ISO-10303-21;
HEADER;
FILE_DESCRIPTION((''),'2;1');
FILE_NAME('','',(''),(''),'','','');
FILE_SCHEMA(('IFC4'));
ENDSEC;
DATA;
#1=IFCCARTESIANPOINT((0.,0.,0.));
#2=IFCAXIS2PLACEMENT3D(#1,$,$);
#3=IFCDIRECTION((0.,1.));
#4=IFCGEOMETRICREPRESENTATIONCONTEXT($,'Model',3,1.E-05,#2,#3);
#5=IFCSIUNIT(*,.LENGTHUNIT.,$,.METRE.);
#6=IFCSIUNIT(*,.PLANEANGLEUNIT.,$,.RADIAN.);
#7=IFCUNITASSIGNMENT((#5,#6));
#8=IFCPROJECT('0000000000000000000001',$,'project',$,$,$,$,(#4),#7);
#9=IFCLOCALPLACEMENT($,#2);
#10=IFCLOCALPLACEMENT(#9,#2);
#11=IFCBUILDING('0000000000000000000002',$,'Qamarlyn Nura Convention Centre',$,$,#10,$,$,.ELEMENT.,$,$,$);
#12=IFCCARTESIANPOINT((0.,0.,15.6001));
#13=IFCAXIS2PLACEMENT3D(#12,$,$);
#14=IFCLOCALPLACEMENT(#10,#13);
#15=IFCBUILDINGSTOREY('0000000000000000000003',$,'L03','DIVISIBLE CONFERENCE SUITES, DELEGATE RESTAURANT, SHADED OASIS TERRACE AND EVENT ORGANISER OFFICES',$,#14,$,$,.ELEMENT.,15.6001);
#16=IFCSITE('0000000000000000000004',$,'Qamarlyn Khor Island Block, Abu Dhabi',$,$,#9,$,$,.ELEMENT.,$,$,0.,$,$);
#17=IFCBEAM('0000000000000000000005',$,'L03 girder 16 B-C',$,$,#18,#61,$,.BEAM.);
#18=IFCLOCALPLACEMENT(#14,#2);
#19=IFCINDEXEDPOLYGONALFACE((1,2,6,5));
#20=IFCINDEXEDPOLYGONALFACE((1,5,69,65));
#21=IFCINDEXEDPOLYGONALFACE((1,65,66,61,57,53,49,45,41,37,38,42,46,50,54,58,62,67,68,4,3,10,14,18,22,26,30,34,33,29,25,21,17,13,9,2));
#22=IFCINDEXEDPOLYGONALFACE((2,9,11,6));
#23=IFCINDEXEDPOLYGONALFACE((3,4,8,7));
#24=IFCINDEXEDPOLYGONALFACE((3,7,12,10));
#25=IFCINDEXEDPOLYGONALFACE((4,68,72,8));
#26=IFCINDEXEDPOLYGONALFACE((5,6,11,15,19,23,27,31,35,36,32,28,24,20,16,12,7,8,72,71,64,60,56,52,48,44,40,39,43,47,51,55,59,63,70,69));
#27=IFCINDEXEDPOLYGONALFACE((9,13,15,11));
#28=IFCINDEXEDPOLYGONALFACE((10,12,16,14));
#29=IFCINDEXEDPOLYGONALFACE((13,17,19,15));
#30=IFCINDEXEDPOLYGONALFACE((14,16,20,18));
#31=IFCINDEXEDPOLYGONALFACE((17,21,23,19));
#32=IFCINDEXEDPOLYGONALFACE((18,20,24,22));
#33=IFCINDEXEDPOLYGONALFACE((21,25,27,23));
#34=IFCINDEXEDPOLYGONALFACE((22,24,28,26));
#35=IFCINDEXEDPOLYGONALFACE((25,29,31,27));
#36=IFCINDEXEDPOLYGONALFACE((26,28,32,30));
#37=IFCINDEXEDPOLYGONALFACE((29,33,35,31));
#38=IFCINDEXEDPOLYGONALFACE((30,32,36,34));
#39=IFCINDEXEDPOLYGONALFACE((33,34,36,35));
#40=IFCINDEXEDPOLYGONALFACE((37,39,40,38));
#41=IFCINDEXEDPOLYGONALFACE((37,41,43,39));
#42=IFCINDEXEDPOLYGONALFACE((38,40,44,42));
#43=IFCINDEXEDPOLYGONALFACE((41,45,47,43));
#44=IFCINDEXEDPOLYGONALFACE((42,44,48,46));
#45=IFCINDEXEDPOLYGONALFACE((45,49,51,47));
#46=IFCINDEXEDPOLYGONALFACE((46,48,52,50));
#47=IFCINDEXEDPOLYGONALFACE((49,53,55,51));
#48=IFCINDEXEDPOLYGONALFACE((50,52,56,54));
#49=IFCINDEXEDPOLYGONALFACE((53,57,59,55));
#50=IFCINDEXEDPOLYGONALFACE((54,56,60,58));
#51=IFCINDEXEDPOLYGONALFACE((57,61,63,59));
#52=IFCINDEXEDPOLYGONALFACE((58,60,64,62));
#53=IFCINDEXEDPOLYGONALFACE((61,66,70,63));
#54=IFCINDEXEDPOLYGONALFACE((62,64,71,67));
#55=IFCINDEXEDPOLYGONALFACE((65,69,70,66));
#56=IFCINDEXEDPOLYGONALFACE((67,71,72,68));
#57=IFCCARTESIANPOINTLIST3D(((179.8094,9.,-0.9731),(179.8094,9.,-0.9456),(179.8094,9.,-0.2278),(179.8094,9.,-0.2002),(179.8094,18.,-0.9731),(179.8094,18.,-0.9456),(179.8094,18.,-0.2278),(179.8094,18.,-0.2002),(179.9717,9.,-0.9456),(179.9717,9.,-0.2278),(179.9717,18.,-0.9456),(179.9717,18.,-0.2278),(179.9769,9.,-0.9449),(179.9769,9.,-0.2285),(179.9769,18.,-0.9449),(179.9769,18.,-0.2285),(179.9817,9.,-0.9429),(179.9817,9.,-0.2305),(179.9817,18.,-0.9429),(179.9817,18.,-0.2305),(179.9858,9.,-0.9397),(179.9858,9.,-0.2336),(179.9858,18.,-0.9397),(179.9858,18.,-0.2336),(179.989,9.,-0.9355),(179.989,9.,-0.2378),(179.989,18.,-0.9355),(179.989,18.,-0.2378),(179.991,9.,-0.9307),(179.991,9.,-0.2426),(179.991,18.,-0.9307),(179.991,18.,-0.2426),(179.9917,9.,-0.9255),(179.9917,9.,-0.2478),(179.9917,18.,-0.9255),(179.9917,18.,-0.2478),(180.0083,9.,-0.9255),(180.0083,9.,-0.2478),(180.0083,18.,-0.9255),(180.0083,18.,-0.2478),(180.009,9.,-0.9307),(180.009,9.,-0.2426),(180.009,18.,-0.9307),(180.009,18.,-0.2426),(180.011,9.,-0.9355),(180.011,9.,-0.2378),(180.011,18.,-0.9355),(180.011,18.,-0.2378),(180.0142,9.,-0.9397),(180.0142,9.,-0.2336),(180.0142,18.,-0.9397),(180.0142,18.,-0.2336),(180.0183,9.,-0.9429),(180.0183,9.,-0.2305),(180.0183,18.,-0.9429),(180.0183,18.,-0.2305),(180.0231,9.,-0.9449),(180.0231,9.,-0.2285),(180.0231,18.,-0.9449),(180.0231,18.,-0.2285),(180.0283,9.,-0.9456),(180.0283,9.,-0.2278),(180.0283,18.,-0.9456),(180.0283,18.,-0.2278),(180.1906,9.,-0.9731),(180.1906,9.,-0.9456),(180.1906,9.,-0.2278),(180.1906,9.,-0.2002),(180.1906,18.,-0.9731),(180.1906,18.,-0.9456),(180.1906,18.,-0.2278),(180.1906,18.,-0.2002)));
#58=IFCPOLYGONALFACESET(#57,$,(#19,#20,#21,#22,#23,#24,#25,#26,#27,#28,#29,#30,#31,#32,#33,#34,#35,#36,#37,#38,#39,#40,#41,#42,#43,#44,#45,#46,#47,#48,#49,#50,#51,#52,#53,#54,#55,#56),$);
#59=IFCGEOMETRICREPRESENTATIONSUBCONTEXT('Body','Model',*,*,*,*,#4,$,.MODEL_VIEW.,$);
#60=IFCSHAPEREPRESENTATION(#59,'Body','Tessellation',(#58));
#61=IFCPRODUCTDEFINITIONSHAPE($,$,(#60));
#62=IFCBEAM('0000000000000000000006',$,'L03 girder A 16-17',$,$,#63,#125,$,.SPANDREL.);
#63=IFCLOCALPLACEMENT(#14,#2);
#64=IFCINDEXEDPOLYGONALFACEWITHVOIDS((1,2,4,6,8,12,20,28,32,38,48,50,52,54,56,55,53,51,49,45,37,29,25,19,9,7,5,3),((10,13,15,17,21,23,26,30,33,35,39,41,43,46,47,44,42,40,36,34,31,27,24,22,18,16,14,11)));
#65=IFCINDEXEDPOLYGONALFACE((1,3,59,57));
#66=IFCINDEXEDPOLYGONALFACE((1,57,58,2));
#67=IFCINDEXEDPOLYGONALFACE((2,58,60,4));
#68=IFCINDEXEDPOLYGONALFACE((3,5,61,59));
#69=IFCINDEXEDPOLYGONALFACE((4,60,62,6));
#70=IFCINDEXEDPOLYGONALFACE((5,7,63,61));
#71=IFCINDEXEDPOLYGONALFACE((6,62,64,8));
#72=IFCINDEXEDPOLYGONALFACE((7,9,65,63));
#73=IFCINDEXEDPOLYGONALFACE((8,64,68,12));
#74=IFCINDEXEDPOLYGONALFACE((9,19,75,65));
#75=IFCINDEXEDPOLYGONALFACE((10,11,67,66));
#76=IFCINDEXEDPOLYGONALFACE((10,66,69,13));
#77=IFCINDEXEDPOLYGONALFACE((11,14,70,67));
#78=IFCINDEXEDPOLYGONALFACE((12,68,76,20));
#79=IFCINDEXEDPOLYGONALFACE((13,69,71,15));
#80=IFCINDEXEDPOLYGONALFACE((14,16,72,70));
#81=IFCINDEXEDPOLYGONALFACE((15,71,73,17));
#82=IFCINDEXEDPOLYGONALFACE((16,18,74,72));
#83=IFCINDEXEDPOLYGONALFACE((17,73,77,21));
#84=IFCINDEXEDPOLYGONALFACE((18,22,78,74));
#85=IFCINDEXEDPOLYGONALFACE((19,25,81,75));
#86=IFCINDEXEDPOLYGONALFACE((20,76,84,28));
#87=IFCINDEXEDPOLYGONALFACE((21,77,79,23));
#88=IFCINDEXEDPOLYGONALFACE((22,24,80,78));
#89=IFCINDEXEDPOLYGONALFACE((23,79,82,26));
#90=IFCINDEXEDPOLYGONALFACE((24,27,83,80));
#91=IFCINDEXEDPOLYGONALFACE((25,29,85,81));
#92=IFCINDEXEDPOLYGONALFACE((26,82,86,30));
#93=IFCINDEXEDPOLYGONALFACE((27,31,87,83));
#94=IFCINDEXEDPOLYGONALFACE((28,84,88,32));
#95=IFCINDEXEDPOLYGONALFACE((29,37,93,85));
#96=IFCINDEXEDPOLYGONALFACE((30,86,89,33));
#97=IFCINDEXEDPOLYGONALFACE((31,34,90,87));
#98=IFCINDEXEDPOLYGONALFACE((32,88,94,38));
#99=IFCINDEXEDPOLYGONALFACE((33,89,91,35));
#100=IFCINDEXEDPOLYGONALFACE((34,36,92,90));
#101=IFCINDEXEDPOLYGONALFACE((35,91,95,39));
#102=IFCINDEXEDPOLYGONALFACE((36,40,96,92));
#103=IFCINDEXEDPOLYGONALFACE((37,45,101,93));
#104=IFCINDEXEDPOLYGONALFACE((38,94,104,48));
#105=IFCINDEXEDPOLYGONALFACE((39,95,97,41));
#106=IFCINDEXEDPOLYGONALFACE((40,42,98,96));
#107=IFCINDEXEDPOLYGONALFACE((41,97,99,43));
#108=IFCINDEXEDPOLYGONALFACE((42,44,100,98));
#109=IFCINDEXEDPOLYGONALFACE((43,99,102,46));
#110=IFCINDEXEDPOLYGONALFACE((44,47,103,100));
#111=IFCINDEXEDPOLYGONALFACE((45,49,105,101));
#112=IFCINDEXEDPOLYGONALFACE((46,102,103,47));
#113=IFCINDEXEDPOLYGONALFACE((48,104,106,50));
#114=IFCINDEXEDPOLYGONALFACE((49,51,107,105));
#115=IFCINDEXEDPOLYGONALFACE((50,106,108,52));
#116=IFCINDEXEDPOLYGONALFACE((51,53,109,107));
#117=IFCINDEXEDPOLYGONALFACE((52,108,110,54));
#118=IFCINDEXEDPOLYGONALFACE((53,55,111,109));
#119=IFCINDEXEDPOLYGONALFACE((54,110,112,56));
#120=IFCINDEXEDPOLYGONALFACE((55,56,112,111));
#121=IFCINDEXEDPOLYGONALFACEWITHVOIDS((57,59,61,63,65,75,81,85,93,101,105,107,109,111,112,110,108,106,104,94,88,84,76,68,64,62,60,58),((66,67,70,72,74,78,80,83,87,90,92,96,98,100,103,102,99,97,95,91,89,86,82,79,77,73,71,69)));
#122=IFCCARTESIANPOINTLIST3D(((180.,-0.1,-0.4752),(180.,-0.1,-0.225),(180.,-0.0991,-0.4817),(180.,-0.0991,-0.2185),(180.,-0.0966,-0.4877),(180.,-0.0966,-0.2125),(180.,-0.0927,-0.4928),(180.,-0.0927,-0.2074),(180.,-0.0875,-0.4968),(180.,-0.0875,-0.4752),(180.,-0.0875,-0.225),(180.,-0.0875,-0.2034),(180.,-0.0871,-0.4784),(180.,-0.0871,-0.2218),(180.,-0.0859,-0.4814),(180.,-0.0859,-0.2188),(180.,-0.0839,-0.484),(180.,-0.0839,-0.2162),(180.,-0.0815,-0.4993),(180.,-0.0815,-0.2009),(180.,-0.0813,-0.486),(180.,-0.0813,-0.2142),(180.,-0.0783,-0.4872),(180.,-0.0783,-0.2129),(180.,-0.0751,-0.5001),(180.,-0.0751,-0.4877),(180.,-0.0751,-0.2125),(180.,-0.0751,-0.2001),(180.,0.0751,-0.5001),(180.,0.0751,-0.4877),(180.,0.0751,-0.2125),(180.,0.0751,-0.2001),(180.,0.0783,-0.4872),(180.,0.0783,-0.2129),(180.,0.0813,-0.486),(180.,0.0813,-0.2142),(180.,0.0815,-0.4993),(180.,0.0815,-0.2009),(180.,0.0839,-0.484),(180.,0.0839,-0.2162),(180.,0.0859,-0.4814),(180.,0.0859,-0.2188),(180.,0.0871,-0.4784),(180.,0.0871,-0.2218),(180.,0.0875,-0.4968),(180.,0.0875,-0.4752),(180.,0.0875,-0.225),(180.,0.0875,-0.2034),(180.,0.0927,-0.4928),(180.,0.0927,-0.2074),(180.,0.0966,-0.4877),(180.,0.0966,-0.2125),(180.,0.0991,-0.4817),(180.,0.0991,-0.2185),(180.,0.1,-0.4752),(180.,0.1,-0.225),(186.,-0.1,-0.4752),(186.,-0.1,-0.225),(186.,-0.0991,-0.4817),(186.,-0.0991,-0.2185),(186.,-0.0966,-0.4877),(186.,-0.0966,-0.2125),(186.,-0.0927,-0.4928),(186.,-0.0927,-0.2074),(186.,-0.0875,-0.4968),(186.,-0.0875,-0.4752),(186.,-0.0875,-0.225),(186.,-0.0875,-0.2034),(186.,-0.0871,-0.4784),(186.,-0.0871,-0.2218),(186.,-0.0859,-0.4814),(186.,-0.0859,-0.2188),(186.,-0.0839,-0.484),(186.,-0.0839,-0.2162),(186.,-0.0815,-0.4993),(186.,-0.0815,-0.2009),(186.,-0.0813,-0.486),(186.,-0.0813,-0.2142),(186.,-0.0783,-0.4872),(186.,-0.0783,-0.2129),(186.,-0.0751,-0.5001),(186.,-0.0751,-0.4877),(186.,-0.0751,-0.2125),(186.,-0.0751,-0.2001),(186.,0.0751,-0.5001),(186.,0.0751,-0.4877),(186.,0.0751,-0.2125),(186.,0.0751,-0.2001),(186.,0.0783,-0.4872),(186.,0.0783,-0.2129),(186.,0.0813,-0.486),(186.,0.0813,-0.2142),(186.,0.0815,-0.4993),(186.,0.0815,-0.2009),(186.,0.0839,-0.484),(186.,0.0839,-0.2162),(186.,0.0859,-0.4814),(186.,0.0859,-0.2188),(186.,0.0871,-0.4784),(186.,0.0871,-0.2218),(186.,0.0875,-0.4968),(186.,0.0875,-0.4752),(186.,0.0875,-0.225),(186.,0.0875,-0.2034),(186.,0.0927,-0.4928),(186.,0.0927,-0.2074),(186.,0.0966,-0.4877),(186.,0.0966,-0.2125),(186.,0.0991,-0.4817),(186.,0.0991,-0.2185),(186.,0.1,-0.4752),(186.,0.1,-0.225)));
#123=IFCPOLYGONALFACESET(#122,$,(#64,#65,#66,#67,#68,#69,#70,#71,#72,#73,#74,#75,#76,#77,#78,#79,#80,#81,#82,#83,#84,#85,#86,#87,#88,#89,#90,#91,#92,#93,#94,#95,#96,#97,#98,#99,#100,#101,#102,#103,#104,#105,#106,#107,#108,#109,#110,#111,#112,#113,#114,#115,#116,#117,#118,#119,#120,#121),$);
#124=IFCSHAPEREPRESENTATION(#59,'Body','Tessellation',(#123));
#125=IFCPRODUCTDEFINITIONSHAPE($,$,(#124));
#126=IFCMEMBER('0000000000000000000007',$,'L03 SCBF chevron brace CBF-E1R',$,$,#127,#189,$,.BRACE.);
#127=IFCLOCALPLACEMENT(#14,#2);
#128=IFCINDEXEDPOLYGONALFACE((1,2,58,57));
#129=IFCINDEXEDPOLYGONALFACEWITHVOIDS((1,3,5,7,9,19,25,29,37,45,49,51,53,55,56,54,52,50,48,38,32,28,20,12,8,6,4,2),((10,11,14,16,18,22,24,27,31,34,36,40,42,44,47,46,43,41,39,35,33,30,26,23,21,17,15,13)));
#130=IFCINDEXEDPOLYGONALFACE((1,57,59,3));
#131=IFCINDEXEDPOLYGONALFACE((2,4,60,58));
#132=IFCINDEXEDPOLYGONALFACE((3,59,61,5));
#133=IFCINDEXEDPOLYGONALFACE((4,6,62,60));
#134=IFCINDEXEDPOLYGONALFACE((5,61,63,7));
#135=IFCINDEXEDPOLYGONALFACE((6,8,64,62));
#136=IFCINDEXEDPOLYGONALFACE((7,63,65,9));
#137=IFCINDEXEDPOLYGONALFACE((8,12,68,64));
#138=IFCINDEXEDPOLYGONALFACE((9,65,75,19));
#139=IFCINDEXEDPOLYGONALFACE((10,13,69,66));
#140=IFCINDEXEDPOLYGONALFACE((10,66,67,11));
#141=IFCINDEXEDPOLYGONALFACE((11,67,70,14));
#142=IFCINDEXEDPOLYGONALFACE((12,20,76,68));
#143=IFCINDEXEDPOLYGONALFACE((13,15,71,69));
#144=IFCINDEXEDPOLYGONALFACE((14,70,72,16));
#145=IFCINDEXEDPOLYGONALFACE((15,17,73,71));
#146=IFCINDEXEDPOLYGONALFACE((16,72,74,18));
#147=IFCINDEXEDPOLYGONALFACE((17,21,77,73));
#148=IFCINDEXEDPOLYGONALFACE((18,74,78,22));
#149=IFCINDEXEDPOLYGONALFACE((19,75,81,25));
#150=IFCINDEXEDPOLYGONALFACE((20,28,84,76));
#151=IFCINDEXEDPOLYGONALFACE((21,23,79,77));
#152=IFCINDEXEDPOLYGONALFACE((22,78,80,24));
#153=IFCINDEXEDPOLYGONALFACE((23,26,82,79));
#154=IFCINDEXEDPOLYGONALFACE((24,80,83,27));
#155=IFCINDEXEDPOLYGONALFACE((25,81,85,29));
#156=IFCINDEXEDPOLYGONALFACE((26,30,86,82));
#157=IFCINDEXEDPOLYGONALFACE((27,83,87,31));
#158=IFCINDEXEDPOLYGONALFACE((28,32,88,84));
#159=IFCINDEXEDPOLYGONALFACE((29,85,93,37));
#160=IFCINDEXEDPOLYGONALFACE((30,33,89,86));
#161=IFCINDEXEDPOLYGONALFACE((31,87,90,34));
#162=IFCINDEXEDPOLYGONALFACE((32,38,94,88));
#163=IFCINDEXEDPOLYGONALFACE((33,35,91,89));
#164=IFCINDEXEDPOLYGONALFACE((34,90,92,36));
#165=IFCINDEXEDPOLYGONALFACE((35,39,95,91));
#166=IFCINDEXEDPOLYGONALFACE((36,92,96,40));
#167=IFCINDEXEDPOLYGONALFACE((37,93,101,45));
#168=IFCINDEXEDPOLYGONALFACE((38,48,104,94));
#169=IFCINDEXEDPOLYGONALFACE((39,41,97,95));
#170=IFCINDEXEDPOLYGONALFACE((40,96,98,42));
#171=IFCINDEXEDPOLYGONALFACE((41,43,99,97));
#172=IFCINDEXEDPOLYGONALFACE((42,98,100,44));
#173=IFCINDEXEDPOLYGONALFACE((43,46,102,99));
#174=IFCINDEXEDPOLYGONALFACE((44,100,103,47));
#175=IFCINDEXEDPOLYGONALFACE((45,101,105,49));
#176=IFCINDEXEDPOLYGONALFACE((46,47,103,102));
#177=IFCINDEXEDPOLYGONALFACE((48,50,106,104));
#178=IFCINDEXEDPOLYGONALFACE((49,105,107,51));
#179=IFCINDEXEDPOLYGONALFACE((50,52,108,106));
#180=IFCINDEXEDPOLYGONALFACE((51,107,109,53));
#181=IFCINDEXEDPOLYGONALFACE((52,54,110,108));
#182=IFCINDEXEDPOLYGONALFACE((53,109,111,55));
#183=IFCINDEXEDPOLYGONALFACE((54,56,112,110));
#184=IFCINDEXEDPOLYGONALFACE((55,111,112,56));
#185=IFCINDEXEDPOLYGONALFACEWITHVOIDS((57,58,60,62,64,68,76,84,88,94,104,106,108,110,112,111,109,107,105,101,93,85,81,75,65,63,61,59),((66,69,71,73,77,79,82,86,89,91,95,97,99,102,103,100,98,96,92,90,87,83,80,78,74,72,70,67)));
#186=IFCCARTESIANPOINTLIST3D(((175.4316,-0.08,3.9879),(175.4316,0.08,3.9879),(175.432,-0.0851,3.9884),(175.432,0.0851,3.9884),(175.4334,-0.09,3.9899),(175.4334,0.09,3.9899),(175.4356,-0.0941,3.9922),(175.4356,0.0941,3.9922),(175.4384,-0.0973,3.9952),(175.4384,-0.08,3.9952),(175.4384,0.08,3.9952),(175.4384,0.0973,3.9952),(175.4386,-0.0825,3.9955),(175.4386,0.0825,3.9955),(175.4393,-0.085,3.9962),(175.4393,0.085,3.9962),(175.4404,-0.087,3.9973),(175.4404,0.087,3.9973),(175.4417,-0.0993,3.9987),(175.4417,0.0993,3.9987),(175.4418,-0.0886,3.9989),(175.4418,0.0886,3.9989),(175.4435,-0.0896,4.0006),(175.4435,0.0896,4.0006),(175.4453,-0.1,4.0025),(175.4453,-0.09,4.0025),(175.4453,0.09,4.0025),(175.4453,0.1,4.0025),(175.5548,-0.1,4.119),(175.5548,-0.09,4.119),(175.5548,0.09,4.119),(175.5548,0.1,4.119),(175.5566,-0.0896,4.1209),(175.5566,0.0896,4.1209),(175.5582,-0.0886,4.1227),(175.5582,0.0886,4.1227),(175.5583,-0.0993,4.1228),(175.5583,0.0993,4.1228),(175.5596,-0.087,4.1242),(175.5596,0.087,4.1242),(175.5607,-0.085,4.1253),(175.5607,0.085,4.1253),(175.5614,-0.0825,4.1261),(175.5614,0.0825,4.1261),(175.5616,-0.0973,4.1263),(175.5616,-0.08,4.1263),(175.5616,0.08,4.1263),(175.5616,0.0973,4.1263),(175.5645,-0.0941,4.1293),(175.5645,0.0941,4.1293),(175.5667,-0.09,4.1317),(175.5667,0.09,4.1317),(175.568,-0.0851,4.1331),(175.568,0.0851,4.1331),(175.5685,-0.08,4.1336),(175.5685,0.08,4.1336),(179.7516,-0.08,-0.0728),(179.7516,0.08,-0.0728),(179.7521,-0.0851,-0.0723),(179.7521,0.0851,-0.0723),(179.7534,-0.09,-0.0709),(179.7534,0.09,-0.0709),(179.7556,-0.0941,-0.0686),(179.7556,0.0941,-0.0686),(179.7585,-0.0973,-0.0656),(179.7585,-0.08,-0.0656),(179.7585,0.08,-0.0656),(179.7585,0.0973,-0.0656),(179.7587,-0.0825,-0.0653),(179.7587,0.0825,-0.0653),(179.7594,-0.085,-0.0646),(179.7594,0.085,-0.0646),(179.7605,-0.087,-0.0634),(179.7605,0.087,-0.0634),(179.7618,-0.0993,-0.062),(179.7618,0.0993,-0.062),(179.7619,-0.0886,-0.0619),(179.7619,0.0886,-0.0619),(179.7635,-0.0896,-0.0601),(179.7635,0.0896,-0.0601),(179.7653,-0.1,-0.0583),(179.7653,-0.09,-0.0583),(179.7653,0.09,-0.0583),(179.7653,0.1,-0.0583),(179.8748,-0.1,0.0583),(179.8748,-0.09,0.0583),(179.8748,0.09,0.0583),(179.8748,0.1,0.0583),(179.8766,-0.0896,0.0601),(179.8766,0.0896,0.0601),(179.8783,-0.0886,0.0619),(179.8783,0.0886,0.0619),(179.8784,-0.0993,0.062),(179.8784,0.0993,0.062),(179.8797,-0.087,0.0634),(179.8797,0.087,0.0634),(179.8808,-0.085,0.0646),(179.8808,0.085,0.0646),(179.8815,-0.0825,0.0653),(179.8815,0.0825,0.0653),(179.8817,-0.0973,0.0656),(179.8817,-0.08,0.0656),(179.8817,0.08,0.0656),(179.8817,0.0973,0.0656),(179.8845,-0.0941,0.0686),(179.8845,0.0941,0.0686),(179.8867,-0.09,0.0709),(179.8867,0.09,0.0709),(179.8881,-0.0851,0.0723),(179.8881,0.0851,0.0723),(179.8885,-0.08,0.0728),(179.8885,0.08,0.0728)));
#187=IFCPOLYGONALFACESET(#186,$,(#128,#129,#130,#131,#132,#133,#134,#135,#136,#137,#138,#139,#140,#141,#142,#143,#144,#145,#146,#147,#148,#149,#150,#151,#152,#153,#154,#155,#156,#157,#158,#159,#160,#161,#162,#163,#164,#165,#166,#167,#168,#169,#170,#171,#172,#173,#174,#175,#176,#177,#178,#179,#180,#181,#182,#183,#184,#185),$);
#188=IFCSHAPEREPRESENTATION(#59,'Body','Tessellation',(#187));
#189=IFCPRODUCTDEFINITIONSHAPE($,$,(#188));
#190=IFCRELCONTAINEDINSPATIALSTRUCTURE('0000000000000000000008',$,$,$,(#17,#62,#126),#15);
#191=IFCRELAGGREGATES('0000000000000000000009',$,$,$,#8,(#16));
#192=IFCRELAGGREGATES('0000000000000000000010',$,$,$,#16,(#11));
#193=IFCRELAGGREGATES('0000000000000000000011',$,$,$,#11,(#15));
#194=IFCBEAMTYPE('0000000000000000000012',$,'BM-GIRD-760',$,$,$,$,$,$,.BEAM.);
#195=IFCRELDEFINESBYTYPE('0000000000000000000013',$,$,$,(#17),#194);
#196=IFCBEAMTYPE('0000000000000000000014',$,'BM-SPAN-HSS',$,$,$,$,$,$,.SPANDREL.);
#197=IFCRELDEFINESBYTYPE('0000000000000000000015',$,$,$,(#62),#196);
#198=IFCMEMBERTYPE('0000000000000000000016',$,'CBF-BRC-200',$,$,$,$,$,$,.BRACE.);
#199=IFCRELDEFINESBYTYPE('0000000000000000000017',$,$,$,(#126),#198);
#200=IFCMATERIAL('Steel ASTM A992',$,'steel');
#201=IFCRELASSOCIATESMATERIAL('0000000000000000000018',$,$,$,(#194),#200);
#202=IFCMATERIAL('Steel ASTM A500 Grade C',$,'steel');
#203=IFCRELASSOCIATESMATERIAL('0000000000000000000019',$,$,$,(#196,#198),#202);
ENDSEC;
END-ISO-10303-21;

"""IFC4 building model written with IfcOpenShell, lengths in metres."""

from ifc_helpers import new_model, si_unit, direction, frame, origin, origin_2d, place, context, subcontext, project, spatial, hollow_rectangle, i_section, extrude, material, material_profile, profile_set, type_object, element, save


model = new_model("IFC4")

# Units and contexts
model_context = context("Model", 3, precision=1e-05, world=origin(), true_north=direction((0.0, 1.0)))
body_context = subcontext(model_context, "Body", "Model", "MODEL_VIEW")
ifc_project = project(units=[si_unit("LENGTHUNIT", "METRE"), si_unit("PLANEANGLEUNIT", "RADIAN")], contexts=[model_context])

# Site, building, storey
site_placement = place(None, origin())
site = spatial("IfcSite", under=ifc_project, at=site_placement, Name="Qamarlyn Khor Island Block, Abu Dhabi", CompositionType="ELEMENT", RefElevation=0.0)
building_placement = place(site_placement, origin())
building = spatial("IfcBuilding", under=site, at=building_placement, Name="Qamarlyn Nura Convention Centre", CompositionType="ELEMENT")
storey_placement = place(building_placement, frame((0.0, 0.0, 15.6001)))
storey = spatial("IfcBuildingStorey", under=building, at=storey_placement, Name="L03", Description="DIVISIBLE CONFERENCE SUITES, DELEGATE RESTAURANT, SHADED OASIS TERRACE AND EVENT ORGANISER OFFICES", CompositionType="ELEMENT", Elevation=15.6001)

# Shared definitions
ifc_material_1 = material(Name="Steel ASTM A992", Category="steel")

# Beams
ifc_material_profile_1 = material_profile(ifc_material_1, i_section(OverallWidth=0.3811, OverallDepth=0.7729, WebThickness=0.0166, FlangeThickness=0.0276, FilletRadius=0.02, at=origin_2d()), Name="W760X257")
ifc_profile_set_1 = profile_set([ifc_material_profile_1], Name="Steel ASTM A992")
beam_type_1 = type_object("IfcBeamType", Name="BM-GIRD-760", PredefinedType="BEAM", material=ifc_profile_set_1)
beam_1_placement = place(storey_placement, frame((180.0, 9.0, -0.5867), z_axis=(0.0, 1.0, 0.0), x_axis=(-1.0, 0.0, 0.0)))
element("IfcBeam", 1, at=beam_1_placement, inside=storey, type_object=beam_type_1, Name="L03 girder 16 B-C", PredefinedType="BEAM", context=body_context, shape_type="SweptSolid", body=[
    extrude(i_section(OverallWidth=0.3811, OverallDepth=0.7729, WebThickness=0.0166, FlangeThickness=0.0276, FilletRadius=0.02, at=origin_2d()), origin(), (0.0, 0.0, 1.0), 9.0),
])
ifc_material_2 = material(Name="Steel ASTM A500 Grade C", Category="steel")
ifc_material_profile_2 = material_profile(ifc_material_2, hollow_rectangle(XDim=0.2, YDim=0.3, WallThickness=0.0125, InnerFilletRadius=0.0125, OuterFilletRadius=0.0249, at=origin_2d()), Name="HSS300X200X12.5")
ifc_profile_set_2 = profile_set([ifc_material_profile_2], Name="Steel ASTM A500 Grade C")
beam_type_2 = type_object("IfcBeamType", Name="BM-SPAN-HSS", PredefinedType="SPANDREL", material=ifc_profile_set_2)
beam_2_placement = place(storey_placement, frame((180.0, 0.0, -0.3501), z_axis=(1.0, 0.0, 0.0), x_axis=(0.0, 1.0, 0.0)))
element("IfcBeam", 2, at=beam_2_placement, inside=storey, type_object=beam_type_2, Name="L03 girder A 16-17", PredefinedType="SPANDREL", context=body_context, shape_type="SweptSolid", body=[
    extrude(hollow_rectangle(XDim=0.2, YDim=0.3, WallThickness=0.0125, InnerFilletRadius=0.0125, OuterFilletRadius=0.0249, at=origin_2d()), origin(), (0.0, 0.0, 1.0), 6.0),
])

# Member
ifc_material_profile_3 = material_profile(ifc_material_2, hollow_rectangle(XDim=0.2, YDim=0.2, WallThickness=0.01, InnerFilletRadius=0.01, OuterFilletRadius=0.02, at=origin_2d()), Name="HSS200X200X10")
ifc_profile_set_3 = profile_set([ifc_material_profile_3], Name="Steel ASTM A500 Grade C")
member_type_1 = type_object("IfcMemberType", Name="CBF-BRC-200", PredefinedType="BRACE", material=ifc_profile_set_3)
member_1_placement = place(storey_placement, frame((179.8201, 0.0, 0.0), z_axis=(-0.728634, 0.0, 0.684903), x_axis=(0.0, -1.0, 0.0)))
element("IfcMember", 3, at=member_1_placement, inside=storey, type_object=member_type_1, Name="L03 SCBF chevron brace CBF-E1R", PredefinedType="BRACE", context=body_context, shape_type="SweptSolid", body=[
    extrude(hollow_rectangle(XDim=0.2, YDim=0.2, WallThickness=0.01, InnerFilletRadius=0.01, OuterFilletRadius=0.02, at=origin_2d()), origin(), (0.0, 0.0, 1.0), 5.929),
])

save(model, "model.ifc")
